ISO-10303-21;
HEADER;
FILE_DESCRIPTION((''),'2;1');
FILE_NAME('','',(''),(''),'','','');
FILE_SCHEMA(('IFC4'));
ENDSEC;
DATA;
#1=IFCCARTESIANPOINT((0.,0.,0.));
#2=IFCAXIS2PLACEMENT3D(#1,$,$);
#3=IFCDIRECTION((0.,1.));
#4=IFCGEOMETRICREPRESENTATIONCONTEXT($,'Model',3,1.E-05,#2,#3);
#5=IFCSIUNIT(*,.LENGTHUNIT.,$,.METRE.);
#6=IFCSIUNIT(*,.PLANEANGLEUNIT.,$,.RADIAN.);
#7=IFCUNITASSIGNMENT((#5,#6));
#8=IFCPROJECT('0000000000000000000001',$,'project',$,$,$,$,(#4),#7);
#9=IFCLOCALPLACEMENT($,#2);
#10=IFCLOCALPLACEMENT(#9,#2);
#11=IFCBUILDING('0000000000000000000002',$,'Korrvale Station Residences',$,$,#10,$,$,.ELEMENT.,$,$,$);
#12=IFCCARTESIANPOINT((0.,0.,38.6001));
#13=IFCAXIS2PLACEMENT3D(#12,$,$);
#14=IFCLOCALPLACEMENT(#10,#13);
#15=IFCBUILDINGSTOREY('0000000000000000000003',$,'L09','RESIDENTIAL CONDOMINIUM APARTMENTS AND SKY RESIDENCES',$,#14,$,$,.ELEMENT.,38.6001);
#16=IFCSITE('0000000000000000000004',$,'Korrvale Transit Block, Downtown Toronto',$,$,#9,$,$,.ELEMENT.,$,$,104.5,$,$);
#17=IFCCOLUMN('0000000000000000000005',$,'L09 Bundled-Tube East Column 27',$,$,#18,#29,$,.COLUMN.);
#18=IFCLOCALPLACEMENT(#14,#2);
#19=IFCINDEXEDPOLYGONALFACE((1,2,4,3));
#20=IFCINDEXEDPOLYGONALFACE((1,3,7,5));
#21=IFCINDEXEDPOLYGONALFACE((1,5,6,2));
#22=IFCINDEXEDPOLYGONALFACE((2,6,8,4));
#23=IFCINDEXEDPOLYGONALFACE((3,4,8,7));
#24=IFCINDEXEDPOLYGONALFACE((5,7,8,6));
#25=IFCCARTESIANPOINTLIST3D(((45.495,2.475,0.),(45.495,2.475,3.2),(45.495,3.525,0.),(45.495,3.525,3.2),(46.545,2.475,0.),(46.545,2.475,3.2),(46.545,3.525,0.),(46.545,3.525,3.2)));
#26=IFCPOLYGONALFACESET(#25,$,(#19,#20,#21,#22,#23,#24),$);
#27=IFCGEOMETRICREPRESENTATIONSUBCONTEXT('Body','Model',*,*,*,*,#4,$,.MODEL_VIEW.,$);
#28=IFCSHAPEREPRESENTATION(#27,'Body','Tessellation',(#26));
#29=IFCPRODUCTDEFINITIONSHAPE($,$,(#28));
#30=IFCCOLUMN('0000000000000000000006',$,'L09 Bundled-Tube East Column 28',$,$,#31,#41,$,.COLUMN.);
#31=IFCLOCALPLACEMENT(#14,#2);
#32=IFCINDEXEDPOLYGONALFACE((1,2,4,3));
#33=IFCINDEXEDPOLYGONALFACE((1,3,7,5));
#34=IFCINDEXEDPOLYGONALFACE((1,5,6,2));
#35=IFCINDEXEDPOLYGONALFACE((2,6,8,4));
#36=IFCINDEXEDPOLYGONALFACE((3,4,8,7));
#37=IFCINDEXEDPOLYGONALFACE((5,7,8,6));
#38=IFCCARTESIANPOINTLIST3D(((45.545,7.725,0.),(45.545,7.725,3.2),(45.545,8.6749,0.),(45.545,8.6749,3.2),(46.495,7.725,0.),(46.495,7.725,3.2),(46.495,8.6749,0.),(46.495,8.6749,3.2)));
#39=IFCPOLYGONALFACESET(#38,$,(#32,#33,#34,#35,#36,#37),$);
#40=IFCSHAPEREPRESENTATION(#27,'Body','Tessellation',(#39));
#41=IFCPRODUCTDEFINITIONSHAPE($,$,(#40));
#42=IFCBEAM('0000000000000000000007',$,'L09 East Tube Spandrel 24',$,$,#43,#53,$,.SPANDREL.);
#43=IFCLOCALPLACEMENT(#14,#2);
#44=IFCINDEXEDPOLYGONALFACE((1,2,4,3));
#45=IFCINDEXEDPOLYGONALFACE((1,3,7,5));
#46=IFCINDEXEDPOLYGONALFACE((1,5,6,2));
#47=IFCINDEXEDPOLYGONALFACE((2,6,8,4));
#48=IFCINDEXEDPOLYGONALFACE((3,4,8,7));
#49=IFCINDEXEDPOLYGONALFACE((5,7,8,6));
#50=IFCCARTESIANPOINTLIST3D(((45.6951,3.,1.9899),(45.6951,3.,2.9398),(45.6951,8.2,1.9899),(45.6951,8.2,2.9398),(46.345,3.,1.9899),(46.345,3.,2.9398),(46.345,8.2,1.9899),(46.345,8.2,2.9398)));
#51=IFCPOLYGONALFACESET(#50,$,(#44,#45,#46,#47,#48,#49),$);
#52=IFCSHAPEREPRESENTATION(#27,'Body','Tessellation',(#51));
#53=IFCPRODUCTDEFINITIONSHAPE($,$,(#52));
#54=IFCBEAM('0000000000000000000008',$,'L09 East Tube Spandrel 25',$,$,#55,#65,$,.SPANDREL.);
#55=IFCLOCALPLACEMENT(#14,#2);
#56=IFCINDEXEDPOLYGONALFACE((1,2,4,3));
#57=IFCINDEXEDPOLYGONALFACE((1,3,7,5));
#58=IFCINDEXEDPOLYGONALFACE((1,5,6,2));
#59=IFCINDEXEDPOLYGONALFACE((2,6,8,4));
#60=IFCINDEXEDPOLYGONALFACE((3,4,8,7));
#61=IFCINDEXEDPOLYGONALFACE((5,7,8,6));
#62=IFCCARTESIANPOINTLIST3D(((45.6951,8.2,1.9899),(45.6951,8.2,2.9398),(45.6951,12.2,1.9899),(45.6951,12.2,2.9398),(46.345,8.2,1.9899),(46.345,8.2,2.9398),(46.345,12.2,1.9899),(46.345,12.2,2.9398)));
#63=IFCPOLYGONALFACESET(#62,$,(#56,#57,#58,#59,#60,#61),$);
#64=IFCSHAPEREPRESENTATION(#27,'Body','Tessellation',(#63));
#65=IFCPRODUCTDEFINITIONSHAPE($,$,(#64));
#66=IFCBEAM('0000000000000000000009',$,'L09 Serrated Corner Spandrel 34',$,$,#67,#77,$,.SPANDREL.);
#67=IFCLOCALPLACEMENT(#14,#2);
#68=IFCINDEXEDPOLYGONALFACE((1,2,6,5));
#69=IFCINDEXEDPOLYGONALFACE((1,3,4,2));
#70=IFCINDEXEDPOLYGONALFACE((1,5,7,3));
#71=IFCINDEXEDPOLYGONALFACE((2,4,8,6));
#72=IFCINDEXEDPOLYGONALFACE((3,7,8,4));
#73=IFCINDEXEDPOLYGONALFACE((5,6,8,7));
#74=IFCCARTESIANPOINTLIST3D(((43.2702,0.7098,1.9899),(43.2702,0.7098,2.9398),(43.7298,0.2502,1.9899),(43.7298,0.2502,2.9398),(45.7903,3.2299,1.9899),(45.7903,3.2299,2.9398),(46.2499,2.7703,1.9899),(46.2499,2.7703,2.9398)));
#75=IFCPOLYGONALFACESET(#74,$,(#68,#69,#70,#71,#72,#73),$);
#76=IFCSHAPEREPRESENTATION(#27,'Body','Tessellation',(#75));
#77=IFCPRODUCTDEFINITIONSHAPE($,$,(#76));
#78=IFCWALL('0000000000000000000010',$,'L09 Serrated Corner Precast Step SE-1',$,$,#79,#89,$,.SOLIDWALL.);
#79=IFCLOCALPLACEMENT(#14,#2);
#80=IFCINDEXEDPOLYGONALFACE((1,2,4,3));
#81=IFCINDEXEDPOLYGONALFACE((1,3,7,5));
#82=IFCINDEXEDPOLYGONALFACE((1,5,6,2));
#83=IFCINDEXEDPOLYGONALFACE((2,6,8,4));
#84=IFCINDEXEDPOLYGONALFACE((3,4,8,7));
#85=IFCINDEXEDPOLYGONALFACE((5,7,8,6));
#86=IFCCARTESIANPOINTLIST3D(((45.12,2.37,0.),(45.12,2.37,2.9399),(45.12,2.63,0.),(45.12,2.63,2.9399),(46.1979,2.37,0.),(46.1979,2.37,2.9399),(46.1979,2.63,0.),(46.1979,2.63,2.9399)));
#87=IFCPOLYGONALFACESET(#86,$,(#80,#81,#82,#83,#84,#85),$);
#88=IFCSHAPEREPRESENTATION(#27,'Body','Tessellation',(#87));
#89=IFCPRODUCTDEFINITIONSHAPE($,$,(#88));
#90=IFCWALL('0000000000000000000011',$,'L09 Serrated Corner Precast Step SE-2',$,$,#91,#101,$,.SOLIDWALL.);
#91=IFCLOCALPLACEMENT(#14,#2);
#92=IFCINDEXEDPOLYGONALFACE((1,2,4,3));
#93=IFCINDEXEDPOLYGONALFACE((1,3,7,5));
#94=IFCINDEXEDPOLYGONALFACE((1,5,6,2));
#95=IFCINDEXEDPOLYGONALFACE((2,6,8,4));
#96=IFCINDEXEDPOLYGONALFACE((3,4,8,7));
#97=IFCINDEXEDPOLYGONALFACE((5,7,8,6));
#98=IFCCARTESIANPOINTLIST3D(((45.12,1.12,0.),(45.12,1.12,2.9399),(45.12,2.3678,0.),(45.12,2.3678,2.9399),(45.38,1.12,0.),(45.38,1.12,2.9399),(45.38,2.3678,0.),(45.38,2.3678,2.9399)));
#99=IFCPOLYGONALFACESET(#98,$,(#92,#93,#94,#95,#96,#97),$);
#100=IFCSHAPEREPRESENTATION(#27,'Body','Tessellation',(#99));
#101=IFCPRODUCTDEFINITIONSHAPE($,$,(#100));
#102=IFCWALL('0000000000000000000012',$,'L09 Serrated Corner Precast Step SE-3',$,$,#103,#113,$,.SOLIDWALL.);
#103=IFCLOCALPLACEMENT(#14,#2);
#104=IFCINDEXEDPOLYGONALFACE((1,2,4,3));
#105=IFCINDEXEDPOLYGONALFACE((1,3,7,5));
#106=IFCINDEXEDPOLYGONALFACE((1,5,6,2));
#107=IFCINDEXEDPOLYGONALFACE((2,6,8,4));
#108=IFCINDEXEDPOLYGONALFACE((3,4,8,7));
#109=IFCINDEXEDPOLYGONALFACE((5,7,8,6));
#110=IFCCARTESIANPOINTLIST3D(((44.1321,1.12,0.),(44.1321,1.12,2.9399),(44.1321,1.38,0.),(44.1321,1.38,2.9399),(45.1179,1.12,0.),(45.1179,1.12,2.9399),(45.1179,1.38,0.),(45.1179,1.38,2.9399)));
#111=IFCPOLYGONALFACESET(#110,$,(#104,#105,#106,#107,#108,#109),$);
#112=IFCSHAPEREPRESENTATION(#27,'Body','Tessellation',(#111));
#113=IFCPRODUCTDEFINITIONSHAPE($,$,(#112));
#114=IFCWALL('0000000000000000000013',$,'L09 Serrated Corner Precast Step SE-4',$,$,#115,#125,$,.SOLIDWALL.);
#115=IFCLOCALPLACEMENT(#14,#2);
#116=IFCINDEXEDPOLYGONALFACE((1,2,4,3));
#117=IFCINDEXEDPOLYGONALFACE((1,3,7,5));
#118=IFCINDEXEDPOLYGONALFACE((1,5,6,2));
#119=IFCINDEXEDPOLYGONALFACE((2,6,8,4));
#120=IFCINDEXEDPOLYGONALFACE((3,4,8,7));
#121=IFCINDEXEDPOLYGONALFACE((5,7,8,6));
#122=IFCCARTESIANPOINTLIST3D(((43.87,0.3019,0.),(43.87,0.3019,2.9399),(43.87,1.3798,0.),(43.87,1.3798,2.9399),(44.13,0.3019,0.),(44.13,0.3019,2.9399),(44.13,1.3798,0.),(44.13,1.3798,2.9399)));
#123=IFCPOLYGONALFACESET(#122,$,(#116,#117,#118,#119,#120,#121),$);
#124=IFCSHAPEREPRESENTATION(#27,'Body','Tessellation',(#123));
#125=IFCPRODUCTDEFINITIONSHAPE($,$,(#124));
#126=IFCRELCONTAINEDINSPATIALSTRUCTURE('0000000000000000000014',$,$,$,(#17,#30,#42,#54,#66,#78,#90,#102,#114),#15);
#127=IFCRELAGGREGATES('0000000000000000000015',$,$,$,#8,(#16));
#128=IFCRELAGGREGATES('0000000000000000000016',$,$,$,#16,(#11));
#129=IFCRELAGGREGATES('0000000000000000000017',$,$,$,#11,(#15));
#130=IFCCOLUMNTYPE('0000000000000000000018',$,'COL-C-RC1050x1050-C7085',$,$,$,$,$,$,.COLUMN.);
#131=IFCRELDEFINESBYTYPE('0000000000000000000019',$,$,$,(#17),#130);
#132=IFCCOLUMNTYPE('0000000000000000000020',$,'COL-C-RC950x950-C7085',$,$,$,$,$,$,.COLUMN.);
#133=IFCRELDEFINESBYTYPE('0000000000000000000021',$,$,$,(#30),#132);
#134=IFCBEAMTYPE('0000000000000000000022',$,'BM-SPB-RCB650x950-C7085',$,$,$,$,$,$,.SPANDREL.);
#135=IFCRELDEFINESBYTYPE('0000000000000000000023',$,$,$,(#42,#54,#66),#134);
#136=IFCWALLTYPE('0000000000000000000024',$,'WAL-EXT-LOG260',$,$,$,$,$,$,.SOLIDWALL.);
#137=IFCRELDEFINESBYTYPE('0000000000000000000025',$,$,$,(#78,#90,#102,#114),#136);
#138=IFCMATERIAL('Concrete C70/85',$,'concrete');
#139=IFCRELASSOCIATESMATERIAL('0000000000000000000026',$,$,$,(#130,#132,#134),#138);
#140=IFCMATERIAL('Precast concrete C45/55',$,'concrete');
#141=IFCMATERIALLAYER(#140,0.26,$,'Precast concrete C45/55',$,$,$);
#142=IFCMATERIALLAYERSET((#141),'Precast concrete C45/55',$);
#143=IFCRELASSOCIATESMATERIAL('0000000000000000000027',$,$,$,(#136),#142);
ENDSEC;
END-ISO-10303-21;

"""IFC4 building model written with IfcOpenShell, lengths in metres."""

from ifc_helpers import new_model, si_unit, direction, frame, frame_2d, origin, origin_2d, place, context, subcontext, project, spatial, rectangle, extrude, material, layer, layer_set, material_profile, profile_set, type_object, element, save


model = new_model("IFC4")

# Units and contexts
model_context = context("Model", 3, precision=1e-05, world=origin(), true_north=direction((0.0, 1.0)))
body_context = subcontext(model_context, "Body", "Model", "MODEL_VIEW")
ifc_project = project(units=[si_unit("LENGTHUNIT", "METRE"), si_unit("PLANEANGLEUNIT", "RADIAN")], contexts=[model_context])

# Site, building, storey
site_placement = place(None, origin())
site = spatial("IfcSite", under=ifc_project, at=site_placement, Name="Korrvale Transit Block, Downtown Toronto", CompositionType="ELEMENT", RefElevation=104.5)
building_placement = place(site_placement, origin())
building = spatial("IfcBuilding", under=site, at=building_placement, Name="Korrvale Station Residences", CompositionType="ELEMENT")
storey_placement = place(building_placement, frame((0.0, 0.0, 38.6001)))
storey = spatial("IfcBuildingStorey", under=building, at=storey_placement, Name="L09", Description="RESIDENTIAL CONDOMINIUM APARTMENTS AND SKY RESIDENCES", CompositionType="ELEMENT", Elevation=38.6001)

# Columns
ifc_material_1 = material(Name="Concrete C70/85", Category="concrete")
ifc_material_profile_1 = material_profile(ifc_material_1, rectangle(XDim=1.05, YDim=1.05, at=origin_2d()), Name="RC1050x1050")
ifc_profile_set_1 = profile_set([ifc_material_profile_1], Name="Concrete C70/85")
column_type_1 = type_object("IfcColumnType", Name="COL-C-RC1050x1050-C7085", PredefinedType="COLUMN", material=ifc_profile_set_1)
column_1_placement = place(storey_placement, frame((46.02, 3.0, 0.0), z_axis=(0.0, 0.0, 1.0), x_axis=(1.0, 0.0, 0.0)))
element("IfcColumn", 1, at=column_1_placement, inside=storey, type_object=column_type_1, Name="L09 Bundled-Tube East Column 27", PredefinedType="COLUMN", context=body_context, shape_type="SweptSolid", body=[
    extrude(rectangle(XDim=1.05, YDim=1.05, at=origin_2d()), origin(), (0.0, 0.0, 1.0), 3.2),
])
ifc_material_profile_2 = material_profile(ifc_material_1, rectangle(XDim=0.95, YDim=0.95, at=origin_2d()), Name="RC950x950")
ifc_profile_set_2 = profile_set([ifc_material_profile_2], Name="Concrete C70/85")
column_type_2 = type_object("IfcColumnType", Name="COL-C-RC950x950-C7085", PredefinedType="COLUMN", material=ifc_profile_set_2)
column_2_placement = place(storey_placement, frame((46.02, 8.2, 0.0), z_axis=(0.0, 0.0, 1.0), x_axis=(1.0, 0.0, 0.0)))
element("IfcColumn", 2, at=column_2_placement, inside=storey, type_object=column_type_2, Name="L09 Bundled-Tube East Column 28", PredefinedType="COLUMN", context=body_context, shape_type="SweptSolid", body=[
    extrude(rectangle(XDim=0.95, YDim=0.95, at=origin_2d()), origin(), (0.0, 0.0, 1.0), 3.2),
])

# Beams
ifc_material_profile_3 = material_profile(ifc_material_1, rectangle(XDim=0.6499, YDim=0.95, at=origin_2d()), Name="RCB650x950")
ifc_profile_set_3 = profile_set([ifc_material_profile_3], Name="Concrete C70/85")
beam_type = type_object("IfcBeamType", Name="BM-SPB-RCB650x950-C7085", PredefinedType="SPANDREL", material=ifc_profile_set_3)
beam_1_placement = place(storey_placement, frame((46.02, 3.0, 2.4648), z_axis=(0.0, 1.0, 0.0), x_axis=(-1.0, 0.0, 0.0)))
element("IfcBeam", 3, at=beam_1_placement, inside=storey, type_object=beam_type, Name="L09 East Tube Spandrel 24", PredefinedType="SPANDREL", context=body_context, shape_type="SweptSolid", body=[
    extrude(rectangle(XDim=0.6499, YDim=0.95, at=origin_2d()), origin(), (0.0, 0.0, 1.0), 5.2),
])
beam_2_placement = place(storey_placement, frame((46.02, 8.2, 2.4648), z_axis=(0.0, 1.0, 0.0), x_axis=(-1.0, 0.0, 0.0)))
element("IfcBeam", 4, at=beam_2_placement, inside=storey, type_object=beam_type, Name="L09 East Tube Spandrel 25", PredefinedType="SPANDREL", context=body_context, shape_type="SweptSolid", body=[
    extrude(rectangle(XDim=0.6499, YDim=0.95, at=origin_2d()), origin(), (0.0, 0.0, 1.0), 4.0),
])
beam_3_placement = place(storey_placement, frame((43.5, 0.48, 2.4648), z_axis=(0.707107, 0.707107, 0.0), x_axis=(-0.707107, 0.707107, 0.0)))
element("IfcBeam", 5, at=beam_3_placement, inside=storey, type_object=beam_type, Name="L09 Serrated Corner Spandrel 34", PredefinedType="SPANDREL", context=body_context, shape_type="SweptSolid", body=[
    extrude(rectangle(XDim=0.6499, YDim=0.95, at=origin_2d()), origin(), (0.0, 0.0, 1.0), 3.564),
])

# Walls
ifc_material_2 = material(Name="Precast concrete C45/55", Category="concrete")
ifc_layer_1 = layer(ifc_material_2, 0.26, Name="Precast concrete C45/55")
ifc_layer_set_1 = layer_set([ifc_layer_1], Name="Precast concrete C45/55")
wall_type_1 = type_object("IfcWallType", Name="WAL-EXT-LOG260", PredefinedType="SOLIDWALL", material=ifc_layer_set_1)
wall_1_placement = place(storey_placement, frame((46.198, 2.5, 0.0), z_axis=(0.0, 0.0, 1.0), x_axis=(-1.0, 0.0, 0.0)))
element("IfcWall", 6, at=wall_1_placement, inside=storey, type_object=wall_type_1, Name="L09 Serrated Corner Precast Step SE-1", PredefinedType="SOLIDWALL", context=body_context, shape_type="SweptSolid", body=[
    extrude(rectangle(XDim=1.0779, YDim=0.26, at=frame_2d((0.5391, 0.0))), origin(), (0.0, 0.0, 1.0), 2.9399),
])
wall_2_placement = place(storey_placement, frame((45.25, 2.3679, 0.0), z_axis=(0.0, 0.0, 1.0), x_axis=(0.0, -1.0, 0.0)))
element("IfcWall", 7, at=wall_2_placement, inside=storey, type_object=wall_type_1, Name="L09 Serrated Corner Precast Step SE-2", PredefinedType="SOLIDWALL", context=body_context, shape_type="SweptSolid", body=[
    extrude(rectangle(XDim=1.2478, YDim=0.26, at=frame_2d((0.624, 0.0))), origin(), (0.0, 0.0, 1.0), 2.9399),
])
wall_3_placement = place(storey_placement, frame((45.1179, 1.25, 0.0), z_axis=(0.0, 0.0, 1.0), x_axis=(-1.0, 0.0, 0.0)))
element("IfcWall", 8, at=wall_3_placement, inside=storey, type_object=wall_type_1, Name="L09 Serrated Corner Precast Step SE-3", PredefinedType="SOLIDWALL", context=body_context, shape_type="SweptSolid", body=[
    extrude(rectangle(XDim=0.9858, YDim=0.26, at=frame_2d((0.4929, 0.0))), origin(), (0.0, 0.0, 1.0), 2.9399),
])
wall_4_placement = place(storey_placement, frame((44.0, 1.3799, 0.0), z_axis=(0.0, 0.0, 1.0), x_axis=(0.0, -1.0, 0.0)))
element("IfcWall", 9, at=wall_4_placement, inside=storey, type_object=wall_type_1, Name="L09 Serrated Corner Precast Step SE-4", PredefinedType="SOLIDWALL", context=body_context, shape_type="SweptSolid", body=[
    extrude(rectangle(XDim=1.0779, YDim=0.26, at=frame_2d((0.5391, 0.0))), origin(), (0.0, 0.0, 1.0), 2.9399),
])

save(model, "model.ifc")
